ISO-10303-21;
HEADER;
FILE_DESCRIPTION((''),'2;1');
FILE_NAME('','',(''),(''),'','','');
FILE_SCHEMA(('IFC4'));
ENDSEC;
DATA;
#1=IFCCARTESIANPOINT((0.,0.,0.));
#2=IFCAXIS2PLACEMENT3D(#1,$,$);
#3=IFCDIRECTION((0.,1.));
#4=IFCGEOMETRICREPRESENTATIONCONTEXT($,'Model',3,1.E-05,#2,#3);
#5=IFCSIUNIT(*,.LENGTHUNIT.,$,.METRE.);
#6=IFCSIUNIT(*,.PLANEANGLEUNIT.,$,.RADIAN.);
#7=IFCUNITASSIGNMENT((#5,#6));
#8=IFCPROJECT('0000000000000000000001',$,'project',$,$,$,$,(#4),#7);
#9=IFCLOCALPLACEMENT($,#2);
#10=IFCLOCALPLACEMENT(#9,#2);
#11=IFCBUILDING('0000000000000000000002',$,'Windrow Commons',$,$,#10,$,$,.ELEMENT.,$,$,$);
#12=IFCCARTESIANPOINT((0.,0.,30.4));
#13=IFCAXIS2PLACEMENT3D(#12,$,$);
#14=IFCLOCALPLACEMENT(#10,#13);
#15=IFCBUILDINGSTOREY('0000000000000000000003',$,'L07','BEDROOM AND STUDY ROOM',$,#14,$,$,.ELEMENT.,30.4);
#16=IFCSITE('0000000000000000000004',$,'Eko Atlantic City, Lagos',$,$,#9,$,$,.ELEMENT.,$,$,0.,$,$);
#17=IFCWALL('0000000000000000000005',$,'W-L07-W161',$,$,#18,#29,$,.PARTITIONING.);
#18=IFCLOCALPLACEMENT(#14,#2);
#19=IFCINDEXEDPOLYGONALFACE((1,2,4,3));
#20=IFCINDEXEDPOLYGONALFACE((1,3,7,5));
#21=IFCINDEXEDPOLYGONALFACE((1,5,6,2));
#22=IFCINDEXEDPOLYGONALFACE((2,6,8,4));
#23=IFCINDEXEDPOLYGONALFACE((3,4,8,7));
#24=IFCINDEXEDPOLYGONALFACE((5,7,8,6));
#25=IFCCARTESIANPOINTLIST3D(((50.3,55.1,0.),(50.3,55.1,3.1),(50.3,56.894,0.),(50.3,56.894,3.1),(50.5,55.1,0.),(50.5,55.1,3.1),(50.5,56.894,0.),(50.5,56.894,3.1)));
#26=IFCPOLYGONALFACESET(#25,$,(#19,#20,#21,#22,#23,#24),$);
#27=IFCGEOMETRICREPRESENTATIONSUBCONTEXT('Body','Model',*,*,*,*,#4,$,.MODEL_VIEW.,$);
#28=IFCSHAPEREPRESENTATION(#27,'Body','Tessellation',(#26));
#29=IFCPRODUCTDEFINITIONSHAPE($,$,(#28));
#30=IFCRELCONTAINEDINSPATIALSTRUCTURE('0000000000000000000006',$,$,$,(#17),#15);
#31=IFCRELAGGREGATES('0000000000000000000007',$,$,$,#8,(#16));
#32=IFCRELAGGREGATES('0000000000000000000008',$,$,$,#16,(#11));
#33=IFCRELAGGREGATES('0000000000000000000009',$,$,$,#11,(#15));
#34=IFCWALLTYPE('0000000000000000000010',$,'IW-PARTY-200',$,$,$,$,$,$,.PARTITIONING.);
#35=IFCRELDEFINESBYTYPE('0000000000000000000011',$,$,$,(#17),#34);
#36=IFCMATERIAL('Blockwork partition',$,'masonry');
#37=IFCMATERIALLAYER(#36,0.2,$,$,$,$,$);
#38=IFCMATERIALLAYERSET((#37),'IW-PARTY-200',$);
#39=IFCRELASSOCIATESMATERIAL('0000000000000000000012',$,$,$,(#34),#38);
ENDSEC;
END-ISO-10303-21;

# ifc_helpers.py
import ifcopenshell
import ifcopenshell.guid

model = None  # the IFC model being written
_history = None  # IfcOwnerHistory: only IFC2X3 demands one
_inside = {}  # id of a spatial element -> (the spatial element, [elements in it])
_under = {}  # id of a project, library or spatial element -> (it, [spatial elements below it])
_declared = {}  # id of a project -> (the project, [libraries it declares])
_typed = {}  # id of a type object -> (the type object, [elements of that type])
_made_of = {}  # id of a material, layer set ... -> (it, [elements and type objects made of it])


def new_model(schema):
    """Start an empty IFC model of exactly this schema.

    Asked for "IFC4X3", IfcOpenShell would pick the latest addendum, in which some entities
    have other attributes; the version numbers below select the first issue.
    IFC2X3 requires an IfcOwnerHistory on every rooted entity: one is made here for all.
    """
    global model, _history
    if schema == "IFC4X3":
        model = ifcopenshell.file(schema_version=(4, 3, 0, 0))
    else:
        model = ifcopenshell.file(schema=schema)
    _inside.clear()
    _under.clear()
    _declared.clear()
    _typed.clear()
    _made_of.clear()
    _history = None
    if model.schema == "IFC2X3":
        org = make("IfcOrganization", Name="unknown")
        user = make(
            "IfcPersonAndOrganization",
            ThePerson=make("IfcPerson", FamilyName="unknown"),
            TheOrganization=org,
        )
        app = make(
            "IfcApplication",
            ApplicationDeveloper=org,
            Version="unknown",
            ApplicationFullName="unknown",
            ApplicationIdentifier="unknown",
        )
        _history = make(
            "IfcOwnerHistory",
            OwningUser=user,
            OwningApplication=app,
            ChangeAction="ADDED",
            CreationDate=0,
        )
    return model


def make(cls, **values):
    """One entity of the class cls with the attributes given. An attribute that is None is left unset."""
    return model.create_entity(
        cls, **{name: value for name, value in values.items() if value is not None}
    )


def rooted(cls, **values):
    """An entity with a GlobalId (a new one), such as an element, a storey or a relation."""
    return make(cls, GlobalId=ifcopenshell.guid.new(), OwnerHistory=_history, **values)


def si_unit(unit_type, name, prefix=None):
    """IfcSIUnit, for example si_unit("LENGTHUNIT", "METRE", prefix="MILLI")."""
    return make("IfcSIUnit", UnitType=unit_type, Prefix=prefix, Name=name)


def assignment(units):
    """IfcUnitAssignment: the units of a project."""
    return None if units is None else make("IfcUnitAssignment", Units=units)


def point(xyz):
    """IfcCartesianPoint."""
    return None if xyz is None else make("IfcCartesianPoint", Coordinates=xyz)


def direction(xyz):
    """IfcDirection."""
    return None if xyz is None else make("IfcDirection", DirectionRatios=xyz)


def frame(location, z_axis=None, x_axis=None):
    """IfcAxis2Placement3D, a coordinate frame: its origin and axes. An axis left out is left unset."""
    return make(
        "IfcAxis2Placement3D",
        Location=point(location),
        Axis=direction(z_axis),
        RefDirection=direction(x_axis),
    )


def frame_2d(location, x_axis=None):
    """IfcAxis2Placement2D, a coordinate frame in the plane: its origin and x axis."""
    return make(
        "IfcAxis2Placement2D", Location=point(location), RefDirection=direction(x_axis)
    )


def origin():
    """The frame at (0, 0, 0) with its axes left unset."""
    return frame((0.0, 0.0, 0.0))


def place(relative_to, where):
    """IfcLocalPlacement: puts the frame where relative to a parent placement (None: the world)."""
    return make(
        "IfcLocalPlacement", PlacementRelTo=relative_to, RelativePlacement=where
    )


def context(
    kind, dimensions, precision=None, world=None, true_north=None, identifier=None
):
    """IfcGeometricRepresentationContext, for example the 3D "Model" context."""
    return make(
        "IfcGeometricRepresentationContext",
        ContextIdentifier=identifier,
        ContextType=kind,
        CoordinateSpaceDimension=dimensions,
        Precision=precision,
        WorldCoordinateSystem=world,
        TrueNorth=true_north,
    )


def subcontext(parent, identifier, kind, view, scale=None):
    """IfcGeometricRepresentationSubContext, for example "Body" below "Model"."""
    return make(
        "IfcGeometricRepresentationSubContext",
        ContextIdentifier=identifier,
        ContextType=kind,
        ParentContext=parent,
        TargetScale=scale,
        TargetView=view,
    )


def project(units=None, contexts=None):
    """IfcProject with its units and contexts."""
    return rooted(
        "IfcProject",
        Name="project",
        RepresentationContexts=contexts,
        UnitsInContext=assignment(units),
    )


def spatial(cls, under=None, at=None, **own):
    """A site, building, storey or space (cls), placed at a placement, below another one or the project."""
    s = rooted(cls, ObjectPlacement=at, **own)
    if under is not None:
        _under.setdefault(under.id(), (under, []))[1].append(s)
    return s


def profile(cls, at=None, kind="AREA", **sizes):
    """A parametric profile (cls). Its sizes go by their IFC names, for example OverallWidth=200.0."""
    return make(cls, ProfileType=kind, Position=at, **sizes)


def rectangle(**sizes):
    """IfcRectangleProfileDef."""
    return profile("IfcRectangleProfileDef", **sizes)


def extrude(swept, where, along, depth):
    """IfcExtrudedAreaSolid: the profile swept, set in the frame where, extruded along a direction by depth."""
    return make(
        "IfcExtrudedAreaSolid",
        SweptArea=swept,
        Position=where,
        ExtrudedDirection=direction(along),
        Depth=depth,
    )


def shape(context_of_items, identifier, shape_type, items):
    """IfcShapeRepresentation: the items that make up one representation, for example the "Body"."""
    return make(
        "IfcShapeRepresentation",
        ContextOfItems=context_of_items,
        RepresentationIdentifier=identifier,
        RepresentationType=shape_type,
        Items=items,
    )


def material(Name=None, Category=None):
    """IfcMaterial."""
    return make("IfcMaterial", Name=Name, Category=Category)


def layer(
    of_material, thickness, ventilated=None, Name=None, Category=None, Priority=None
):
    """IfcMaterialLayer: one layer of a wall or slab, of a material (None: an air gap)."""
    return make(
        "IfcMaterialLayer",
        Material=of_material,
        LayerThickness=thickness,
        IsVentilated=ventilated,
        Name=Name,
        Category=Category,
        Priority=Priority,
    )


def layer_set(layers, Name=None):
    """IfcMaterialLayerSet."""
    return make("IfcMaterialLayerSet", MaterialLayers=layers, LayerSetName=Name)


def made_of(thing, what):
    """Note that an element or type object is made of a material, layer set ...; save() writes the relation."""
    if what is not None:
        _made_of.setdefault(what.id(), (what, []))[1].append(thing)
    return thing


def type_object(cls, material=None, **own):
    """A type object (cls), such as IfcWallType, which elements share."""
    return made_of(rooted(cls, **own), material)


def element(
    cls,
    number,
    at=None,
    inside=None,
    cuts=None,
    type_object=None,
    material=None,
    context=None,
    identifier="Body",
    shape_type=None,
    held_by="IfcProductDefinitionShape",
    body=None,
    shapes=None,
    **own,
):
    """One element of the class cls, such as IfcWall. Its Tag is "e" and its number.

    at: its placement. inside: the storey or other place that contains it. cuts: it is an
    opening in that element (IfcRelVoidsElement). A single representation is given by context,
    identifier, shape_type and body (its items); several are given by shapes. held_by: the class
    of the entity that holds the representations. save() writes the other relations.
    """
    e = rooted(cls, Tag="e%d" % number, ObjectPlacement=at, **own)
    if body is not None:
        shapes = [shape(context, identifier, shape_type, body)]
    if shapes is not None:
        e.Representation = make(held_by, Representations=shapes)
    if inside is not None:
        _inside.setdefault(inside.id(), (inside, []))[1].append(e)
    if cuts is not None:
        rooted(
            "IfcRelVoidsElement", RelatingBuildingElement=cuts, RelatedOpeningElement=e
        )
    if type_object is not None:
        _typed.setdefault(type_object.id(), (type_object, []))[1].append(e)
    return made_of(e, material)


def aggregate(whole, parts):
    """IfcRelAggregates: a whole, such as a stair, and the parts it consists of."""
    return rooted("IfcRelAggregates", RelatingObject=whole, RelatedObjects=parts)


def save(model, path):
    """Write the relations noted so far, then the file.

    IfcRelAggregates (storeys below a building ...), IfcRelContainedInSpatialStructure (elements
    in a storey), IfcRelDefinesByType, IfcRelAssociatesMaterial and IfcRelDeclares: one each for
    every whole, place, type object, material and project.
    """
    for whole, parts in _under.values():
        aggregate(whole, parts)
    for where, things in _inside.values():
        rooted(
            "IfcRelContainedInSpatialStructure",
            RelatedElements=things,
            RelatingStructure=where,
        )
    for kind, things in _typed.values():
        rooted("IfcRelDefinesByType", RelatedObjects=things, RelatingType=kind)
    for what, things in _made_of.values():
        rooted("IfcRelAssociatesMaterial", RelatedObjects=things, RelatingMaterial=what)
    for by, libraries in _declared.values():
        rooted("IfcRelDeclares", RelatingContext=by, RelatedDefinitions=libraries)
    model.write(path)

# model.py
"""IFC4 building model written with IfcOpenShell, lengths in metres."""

from ifc_helpers import new_model, si_unit, direction, frame, frame_2d, origin, place, context, subcontext, project, spatial, rectangle, extrude, material, layer, layer_set, type_object, element, save


model = new_model("IFC4")

# Units and contexts
model_context = context("Model", 3, precision=1e-05, world=origin(), true_north=direction((0.0, 1.0)))
body_context = subcontext(model_context, "Body", "Model", "MODEL_VIEW")
ifc_project = project(units=[si_unit("LENGTHUNIT", "METRE"), si_unit("PLANEANGLEUNIT", "RADIAN")], contexts=[model_context])

# Site, building, storey
site_placement = place(None, origin())
site = spatial("IfcSite", under=ifc_project, at=site_placement, Name="Eko Atlantic City, Lagos", CompositionType="ELEMENT", RefElevation=0.0)
building_placement = place(site_placement, origin())
building = spatial("IfcBuilding", under=site, at=building_placement, Name="Windrow Commons", CompositionType="ELEMENT")
storey_placement = place(building_placement, frame((0.0, 0.0, 30.4)))
storey = spatial("IfcBuildingStorey", under=building, at=storey_placement, Name="L07", Description="BEDROOM AND STUDY ROOM", CompositionType="ELEMENT", Elevation=30.4)

# Wall
ifc_material_1 = material(Name="Blockwork partition", Category="masonry")
ifc_layer_1 = layer(ifc_material_1, 0.2)
ifc_layer_set_1 = layer_set([ifc_layer_1], Name="IW-PARTY-200")
wall_type_1 = type_object("IfcWallType", Name="IW-PARTY-200", PredefinedType="PARTITIONING", material=ifc_layer_set_1)
wall_1_placement = place(storey_placement, frame((50.4, 55.1, 0.0), z_axis=(0.0, 0.0, 1.0), x_axis=(0.0, 1.0, 0.0)))
element("IfcWall", 1, at=wall_1_placement, inside=storey, type_object=wall_type_1, Name="W-L07-W161", PredefinedType="PARTITIONING", context=body_context, shape_type="SweptSolid", body=[
    extrude(rectangle(XDim=1.794, YDim=0.2, at=frame_2d((0.897, 0.0))), origin(), (0.0, 0.0, 1.0), 3.1),
])

save(model, "model.ifc")
